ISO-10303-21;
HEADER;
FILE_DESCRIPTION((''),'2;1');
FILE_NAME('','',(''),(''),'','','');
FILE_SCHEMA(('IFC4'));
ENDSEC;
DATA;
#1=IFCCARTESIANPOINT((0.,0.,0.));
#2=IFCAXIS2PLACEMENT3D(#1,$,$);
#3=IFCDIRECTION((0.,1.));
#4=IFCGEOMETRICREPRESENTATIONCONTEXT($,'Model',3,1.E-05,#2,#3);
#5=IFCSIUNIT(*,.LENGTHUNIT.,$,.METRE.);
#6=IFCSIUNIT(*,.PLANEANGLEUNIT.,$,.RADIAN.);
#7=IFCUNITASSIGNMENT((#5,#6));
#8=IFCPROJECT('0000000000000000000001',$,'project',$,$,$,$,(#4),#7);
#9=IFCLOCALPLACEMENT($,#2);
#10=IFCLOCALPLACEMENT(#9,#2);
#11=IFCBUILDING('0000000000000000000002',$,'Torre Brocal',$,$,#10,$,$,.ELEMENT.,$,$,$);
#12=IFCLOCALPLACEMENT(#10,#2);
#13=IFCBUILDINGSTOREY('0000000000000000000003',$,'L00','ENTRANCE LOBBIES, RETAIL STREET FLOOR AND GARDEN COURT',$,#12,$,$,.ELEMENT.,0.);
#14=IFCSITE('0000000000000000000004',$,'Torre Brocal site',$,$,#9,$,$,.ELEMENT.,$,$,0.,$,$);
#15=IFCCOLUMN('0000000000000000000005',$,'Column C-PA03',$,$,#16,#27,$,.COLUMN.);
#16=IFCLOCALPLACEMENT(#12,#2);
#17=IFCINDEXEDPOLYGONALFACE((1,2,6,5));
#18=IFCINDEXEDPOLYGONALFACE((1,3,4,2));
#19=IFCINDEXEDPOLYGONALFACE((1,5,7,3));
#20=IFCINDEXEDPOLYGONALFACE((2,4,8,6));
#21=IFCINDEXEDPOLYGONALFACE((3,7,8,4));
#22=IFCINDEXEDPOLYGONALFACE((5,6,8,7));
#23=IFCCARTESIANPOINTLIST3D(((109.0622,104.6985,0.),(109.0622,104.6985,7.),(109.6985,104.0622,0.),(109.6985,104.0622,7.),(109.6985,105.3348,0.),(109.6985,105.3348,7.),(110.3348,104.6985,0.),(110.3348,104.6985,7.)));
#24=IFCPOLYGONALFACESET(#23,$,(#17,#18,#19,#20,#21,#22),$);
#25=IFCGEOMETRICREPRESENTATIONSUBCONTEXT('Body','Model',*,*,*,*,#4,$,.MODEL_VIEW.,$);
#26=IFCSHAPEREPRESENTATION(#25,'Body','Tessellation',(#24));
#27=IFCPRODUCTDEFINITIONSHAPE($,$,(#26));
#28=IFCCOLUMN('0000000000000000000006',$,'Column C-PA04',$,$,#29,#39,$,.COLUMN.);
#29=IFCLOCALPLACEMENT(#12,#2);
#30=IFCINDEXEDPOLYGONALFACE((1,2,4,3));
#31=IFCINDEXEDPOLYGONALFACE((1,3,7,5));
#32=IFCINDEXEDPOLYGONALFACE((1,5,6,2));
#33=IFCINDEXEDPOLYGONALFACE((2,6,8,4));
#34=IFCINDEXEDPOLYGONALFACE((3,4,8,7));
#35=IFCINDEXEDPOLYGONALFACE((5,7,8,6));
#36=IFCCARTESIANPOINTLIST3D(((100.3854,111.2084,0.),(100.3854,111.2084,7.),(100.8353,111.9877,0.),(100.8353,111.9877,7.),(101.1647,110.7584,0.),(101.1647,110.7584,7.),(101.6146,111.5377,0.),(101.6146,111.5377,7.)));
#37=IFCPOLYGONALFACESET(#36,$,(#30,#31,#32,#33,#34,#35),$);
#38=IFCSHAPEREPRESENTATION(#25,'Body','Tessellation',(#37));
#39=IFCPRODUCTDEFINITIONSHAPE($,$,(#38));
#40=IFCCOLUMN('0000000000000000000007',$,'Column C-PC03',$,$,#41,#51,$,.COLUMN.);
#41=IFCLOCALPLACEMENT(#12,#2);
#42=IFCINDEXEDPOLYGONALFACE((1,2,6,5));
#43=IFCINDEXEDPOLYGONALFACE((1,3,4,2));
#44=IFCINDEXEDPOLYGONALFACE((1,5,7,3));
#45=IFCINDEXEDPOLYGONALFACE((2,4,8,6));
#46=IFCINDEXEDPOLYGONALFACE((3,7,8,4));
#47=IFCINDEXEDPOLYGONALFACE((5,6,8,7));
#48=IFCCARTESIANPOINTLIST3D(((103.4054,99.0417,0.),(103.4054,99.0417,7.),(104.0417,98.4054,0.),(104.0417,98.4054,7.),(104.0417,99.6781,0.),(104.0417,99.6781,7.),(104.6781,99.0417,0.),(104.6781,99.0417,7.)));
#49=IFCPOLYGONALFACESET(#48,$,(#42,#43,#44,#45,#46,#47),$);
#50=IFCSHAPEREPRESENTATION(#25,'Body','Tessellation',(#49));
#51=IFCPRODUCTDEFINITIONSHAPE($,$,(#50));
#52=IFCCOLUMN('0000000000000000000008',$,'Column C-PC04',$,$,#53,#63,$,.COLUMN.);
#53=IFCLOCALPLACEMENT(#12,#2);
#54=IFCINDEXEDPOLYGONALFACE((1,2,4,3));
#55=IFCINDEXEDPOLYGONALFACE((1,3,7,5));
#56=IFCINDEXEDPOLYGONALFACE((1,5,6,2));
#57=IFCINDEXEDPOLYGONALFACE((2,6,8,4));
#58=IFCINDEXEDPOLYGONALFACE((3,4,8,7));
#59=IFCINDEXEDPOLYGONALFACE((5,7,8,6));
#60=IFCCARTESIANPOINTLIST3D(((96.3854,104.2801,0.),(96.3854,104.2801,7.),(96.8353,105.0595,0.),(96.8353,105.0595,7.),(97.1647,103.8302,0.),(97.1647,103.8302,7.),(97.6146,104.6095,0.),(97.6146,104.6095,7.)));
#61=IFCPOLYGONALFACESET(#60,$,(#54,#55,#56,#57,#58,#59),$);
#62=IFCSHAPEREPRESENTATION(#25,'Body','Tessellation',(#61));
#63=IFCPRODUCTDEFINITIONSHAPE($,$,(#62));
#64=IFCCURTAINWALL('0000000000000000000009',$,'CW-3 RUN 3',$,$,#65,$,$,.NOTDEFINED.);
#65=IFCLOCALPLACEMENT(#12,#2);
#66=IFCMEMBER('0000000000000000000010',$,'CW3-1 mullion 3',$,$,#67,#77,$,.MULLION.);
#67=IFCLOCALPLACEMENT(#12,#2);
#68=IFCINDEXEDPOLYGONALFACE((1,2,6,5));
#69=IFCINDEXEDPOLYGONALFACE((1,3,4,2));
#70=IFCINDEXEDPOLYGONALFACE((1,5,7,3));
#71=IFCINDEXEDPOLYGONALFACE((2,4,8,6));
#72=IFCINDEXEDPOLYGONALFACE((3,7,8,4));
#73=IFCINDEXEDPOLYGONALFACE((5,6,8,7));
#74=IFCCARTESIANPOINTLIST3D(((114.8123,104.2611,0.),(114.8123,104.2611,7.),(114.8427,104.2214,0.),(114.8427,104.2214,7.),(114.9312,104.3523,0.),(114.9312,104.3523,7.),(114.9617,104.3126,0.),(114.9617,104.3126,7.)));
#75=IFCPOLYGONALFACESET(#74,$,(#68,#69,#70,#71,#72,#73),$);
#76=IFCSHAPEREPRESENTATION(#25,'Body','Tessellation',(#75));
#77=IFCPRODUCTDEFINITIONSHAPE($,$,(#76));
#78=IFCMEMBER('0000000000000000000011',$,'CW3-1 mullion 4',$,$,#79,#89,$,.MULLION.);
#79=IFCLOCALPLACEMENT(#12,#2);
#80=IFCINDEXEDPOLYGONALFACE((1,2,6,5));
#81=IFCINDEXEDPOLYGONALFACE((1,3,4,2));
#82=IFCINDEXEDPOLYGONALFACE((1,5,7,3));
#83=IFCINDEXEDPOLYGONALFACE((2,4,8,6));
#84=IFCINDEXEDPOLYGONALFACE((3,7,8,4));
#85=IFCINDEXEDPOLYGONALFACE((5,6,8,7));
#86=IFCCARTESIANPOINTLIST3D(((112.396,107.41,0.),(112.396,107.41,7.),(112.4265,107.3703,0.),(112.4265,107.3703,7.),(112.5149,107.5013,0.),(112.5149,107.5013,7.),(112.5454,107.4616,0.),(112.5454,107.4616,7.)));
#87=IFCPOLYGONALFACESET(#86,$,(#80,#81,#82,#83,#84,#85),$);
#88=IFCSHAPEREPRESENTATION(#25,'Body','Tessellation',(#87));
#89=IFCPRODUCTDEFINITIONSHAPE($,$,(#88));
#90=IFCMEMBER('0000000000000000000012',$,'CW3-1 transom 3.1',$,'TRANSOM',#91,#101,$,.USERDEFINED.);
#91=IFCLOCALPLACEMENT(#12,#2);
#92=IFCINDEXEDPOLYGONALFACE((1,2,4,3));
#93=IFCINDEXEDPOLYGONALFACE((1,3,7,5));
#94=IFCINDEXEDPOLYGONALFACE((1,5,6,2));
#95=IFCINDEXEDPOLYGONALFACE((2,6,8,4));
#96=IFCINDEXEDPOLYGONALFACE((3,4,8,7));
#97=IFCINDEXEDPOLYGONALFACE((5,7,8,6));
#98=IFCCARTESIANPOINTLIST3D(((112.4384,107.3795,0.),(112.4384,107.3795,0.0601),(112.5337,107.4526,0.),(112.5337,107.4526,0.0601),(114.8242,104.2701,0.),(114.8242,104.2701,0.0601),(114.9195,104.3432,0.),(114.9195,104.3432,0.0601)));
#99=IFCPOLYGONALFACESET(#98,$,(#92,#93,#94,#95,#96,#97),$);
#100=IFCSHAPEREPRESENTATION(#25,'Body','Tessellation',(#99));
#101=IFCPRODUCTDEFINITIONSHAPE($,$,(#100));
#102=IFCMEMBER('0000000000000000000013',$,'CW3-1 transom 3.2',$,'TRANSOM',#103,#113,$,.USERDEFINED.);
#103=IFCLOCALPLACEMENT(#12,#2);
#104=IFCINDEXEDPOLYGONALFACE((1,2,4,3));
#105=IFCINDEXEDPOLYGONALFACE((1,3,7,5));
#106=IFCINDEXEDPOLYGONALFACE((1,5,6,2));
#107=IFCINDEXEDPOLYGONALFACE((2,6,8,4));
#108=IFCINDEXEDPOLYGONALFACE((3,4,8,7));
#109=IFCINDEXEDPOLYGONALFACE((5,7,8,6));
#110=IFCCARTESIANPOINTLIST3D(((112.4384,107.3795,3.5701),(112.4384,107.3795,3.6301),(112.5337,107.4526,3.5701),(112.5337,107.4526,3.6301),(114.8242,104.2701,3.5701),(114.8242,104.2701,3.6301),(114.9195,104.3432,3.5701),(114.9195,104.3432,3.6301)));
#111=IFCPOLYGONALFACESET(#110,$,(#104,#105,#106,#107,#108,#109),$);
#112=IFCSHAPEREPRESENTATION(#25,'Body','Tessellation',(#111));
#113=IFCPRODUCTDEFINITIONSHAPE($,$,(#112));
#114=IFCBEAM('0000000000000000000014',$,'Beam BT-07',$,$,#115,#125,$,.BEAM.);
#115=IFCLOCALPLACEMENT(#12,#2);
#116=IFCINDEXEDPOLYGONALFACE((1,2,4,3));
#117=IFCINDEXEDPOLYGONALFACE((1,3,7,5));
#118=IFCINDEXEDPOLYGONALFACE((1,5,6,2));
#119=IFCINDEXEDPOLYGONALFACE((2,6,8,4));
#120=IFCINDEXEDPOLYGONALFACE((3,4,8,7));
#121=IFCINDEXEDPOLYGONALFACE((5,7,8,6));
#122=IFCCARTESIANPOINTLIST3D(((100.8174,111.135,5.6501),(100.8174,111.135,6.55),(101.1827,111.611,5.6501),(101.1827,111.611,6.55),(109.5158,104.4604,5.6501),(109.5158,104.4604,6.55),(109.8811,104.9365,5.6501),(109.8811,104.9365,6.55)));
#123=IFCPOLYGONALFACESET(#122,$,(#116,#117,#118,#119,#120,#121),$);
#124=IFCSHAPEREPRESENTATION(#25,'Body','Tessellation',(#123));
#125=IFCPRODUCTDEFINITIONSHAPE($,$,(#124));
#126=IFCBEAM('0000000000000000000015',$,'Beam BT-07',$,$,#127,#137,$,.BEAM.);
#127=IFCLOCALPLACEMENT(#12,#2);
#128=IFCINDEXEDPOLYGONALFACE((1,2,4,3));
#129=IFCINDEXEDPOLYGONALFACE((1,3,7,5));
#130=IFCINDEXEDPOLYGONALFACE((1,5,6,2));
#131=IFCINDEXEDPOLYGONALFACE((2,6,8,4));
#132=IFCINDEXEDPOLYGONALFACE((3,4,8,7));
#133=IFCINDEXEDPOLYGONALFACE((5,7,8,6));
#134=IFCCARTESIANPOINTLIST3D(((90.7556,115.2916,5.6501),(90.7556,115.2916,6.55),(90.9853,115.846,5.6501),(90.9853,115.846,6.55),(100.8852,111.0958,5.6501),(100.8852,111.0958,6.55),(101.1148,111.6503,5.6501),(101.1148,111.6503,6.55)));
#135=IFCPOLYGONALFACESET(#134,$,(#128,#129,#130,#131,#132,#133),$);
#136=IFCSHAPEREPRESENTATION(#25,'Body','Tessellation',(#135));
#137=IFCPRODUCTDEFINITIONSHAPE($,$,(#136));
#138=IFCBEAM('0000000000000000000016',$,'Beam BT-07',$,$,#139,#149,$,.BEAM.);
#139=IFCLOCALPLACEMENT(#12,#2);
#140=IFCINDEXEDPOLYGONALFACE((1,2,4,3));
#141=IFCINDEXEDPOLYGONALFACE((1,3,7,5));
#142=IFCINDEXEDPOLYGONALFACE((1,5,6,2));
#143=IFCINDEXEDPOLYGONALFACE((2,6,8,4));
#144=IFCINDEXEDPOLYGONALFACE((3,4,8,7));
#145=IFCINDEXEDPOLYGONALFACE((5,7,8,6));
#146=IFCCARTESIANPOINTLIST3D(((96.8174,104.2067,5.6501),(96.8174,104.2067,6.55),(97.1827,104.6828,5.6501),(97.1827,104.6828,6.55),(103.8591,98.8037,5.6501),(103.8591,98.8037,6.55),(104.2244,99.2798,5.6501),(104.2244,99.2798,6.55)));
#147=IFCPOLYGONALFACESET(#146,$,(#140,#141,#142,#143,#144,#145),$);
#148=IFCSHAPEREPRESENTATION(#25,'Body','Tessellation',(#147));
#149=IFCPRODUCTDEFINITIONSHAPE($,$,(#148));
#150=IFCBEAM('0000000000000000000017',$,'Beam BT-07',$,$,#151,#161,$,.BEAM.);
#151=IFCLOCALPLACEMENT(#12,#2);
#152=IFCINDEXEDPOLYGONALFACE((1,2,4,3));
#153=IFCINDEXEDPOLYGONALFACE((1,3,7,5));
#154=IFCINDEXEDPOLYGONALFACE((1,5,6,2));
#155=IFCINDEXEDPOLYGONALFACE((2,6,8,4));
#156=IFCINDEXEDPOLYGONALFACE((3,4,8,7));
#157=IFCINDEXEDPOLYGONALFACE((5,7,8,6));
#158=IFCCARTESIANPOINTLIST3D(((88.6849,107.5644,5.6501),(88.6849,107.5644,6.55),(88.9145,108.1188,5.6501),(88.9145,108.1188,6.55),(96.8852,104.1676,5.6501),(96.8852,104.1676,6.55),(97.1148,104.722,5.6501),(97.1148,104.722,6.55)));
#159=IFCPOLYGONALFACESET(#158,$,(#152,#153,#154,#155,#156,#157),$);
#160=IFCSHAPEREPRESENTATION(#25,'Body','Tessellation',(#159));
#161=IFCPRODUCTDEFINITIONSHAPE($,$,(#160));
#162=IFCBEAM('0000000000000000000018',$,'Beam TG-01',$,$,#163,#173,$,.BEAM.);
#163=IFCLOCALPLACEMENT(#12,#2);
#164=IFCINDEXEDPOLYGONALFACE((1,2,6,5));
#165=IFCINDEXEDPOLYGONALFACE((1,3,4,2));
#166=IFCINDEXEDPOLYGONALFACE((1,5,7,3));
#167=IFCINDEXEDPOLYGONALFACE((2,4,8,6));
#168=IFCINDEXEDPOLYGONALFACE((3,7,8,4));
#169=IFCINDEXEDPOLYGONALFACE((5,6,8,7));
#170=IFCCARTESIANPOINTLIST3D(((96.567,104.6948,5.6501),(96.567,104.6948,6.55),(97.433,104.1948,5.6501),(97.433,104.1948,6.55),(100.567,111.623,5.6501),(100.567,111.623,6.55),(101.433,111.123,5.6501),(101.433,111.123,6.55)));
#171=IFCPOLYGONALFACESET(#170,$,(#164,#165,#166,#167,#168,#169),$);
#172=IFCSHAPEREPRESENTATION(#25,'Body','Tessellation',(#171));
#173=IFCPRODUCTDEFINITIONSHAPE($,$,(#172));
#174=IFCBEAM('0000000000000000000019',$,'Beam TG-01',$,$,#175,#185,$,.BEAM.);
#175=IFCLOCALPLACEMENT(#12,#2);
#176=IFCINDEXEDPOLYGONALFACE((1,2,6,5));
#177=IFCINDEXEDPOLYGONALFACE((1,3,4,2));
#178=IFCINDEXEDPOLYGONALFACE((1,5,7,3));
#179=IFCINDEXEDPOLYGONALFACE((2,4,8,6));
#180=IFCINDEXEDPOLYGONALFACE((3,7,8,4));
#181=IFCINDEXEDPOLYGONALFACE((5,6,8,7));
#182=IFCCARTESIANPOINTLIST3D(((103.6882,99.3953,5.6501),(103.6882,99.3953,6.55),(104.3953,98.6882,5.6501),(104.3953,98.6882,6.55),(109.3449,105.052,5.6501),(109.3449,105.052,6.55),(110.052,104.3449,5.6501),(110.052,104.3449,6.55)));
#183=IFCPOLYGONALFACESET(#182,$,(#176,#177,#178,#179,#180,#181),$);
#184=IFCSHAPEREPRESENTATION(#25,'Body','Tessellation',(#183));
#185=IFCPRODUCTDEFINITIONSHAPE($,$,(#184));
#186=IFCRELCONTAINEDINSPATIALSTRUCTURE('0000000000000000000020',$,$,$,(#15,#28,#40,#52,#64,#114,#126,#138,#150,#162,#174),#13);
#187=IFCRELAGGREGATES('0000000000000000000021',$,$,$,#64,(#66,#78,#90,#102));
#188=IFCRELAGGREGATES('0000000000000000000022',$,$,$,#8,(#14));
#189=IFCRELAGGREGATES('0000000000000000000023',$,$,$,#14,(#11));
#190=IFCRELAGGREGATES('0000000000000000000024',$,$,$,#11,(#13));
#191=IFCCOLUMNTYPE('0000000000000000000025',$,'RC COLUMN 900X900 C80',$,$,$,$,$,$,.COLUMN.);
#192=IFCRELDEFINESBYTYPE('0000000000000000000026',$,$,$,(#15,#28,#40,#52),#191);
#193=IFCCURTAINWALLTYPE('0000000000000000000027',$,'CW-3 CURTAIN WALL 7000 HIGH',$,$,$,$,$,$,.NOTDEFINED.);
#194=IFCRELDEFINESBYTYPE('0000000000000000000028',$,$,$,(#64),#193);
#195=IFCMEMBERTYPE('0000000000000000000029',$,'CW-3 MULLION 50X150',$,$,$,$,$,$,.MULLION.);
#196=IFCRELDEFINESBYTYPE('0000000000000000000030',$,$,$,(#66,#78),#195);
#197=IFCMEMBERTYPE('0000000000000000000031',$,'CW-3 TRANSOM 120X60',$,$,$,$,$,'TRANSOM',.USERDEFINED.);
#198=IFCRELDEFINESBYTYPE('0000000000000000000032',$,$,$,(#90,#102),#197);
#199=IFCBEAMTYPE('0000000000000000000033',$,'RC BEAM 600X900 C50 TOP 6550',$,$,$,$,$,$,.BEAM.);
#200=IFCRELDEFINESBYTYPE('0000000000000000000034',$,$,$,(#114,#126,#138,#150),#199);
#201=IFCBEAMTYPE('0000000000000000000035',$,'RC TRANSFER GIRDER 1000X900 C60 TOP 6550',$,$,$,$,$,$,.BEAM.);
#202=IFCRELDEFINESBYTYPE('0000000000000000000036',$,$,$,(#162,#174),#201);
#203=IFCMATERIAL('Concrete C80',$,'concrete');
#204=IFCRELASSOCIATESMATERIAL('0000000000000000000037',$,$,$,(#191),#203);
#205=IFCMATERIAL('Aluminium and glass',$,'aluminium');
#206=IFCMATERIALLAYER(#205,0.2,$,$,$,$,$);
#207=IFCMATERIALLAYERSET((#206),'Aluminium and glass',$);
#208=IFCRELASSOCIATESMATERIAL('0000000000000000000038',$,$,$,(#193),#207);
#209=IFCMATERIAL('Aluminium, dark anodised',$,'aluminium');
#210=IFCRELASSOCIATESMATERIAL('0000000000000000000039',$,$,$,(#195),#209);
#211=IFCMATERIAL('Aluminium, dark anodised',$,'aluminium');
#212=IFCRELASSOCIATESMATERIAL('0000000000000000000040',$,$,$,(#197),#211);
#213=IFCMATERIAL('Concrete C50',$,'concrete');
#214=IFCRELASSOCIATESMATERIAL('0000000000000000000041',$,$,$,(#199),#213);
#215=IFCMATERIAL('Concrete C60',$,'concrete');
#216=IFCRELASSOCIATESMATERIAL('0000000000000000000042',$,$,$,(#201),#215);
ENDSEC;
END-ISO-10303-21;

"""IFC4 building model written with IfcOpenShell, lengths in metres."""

from ifc_helpers import new_model, si_unit, direction, frame, origin, origin_2d, place, context, subcontext, project, spatial, rectangle, extrude, material, layer, layer_set, material_profile, profile_set, type_object, element, aggregate, save


model = new_model("IFC4")

# Units and contexts
model_context = context("Model", 3, precision=1e-05, world=origin(), true_north=direction((0.0, 1.0)))
body_context = subcontext(model_context, "Body", "Model", "MODEL_VIEW")
ifc_project = project(units=[si_unit("LENGTHUNIT", "METRE"), si_unit("PLANEANGLEUNIT", "RADIAN")], contexts=[model_context])

# Site, building, storey
site_placement = place(None, origin())
site = spatial("IfcSite", under=ifc_project, at=site_placement, Name="Torre Brocal site", CompositionType="ELEMENT", RefElevation=0.0)
building_placement = place(site_placement, origin())
building = spatial("IfcBuilding", under=site, at=building_placement, Name="Torre Brocal", CompositionType="ELEMENT")
storey_placement = place(building_placement, origin())
storey = spatial("IfcBuildingStorey", under=building, at=storey_placement, Name="L00", Description="ENTRANCE LOBBIES, RETAIL STREET FLOOR AND GARDEN COURT", CompositionType="ELEMENT", Elevation=0.0)

# Columns
ifc_material_1 = material(Name="Concrete C80", Category="concrete")
ifc_material_profile_1 = material_profile(ifc_material_1, rectangle(XDim=0.8999, YDim=0.8999, at=origin_2d()), Name="RC 900X900")
ifc_profile_set_1 = profile_set([ifc_material_profile_1], Name="Concrete C80")
column_type = type_object("IfcColumnType", Name="RC COLUMN 900X900 C80", PredefinedType="COLUMN", material=ifc_profile_set_1)
for number, where, z_axis, x_axis, name in (
    (1, (109.6985, 104.6985, 0.0), (0.0, 0.0, 1.0), (0.707107, 0.707107, 0.0), "Column C-PA03"),
    (2, (101.0, 111.373, 0.0), (0.0, 0.0, 1.0), (0.5, 0.866025, 0.0), "Column C-PA04"),
    (3, (104.0417, 99.0417, 0.0), (0.0, 0.0, 1.0), (0.707107, 0.707107, 0.0), "Column C-PC03"),
    (4, (97.0, 104.4448, 0.0), (0.0, 0.0, 1.0), (0.5, 0.866025, 0.0), "Column C-PC04"),
):
    element("IfcColumn", number, at=place(storey_placement, frame(where, z_axis=z_axis, x_axis=x_axis)), inside=storey, type_object=column_type, Name=name, PredefinedType="COLUMN", context=body_context, shape_type="SweptSolid", body=[
        extrude(rectangle(XDim=0.8999, YDim=0.8999, at=origin_2d()), origin(), (0.0, 0.0, 1.0), 7.0),
    ])

# Curtain wall, members
ifc_material_2 = material(Name="Aluminium and glass", Category="aluminium")
ifc_layer_1 = layer(ifc_material_2, 0.2)
ifc_layer_set_1 = layer_set([ifc_layer_1], Name="Aluminium and glass")
curtain_wall_type = type_object("IfcCurtainWallType", Name="CW-3 CURTAIN WALL 7000 HIGH", PredefinedType="NOTDEFINED", material=ifc_layer_set_1)
curtain_wall_placement = place(storey_placement, origin())
curtain_wall = element("IfcCurtainWall", 5, at=curtain_wall_placement, inside=storey, type_object=curtain_wall_type, Name="CW-3 RUN 3", PredefinedType="NOTDEFINED")
ifc_material_3 = material(Name="Aluminium, dark anodised", Category="aluminium")
ifc_material_profile_2 = material_profile(ifc_material_3, rectangle(XDim=0.1499, YDim=0.05, at=origin_2d()), Name="CW-3 MULLION 50X150")
ifc_profile_set_2 = profile_set([ifc_material_profile_2], Name="Aluminium, dark anodised")
member_type_1 = type_object("IfcMemberType", Name="CW-3 MULLION 50X150", PredefinedType="MULLION", material=ifc_profile_set_2)
member_1_placement = place(storey_placement, frame((114.887, 104.2869, 0.0), z_axis=(0.0, 0.0, 1.0), x_axis=(-0.793353, -0.608761, 0.0)))
member_1 = element("IfcMember", 6, at=member_1_placement, type_object=member_type_1, Name="CW3-1 mullion 3", PredefinedType="MULLION", context=body_context, shape_type="SweptSolid", body=[
    extrude(rectangle(XDim=0.1499, YDim=0.05, at=origin_2d()), origin(), (0.0, 0.0, 1.0), 7.0),
])
member_2_placement = place(storey_placement, frame((112.4707, 107.4358, 0.0), z_axis=(0.0, 0.0, 1.0), x_axis=(-0.793353, -0.608761, 0.0)))
member_2 = element("IfcMember", 7, at=member_2_placement, type_object=member_type_1, Name="CW3-1 mullion 4", PredefinedType="MULLION", context=body_context, shape_type="SweptSolid", body=[
    extrude(rectangle(XDim=0.1499, YDim=0.05, at=origin_2d()), origin(), (0.0, 0.0, 1.0), 7.0),
])
ifc_material_4 = material(Name="Aluminium, dark anodised", Category="aluminium")
ifc_material_profile_3 = material_profile(ifc_material_4, rectangle(XDim=0.1201, YDim=0.0601, at=origin_2d()), Name="CW-3 TRANSOM 120X60")
ifc_profile_set_3 = profile_set([ifc_material_profile_3], Name="Aluminium, dark anodised")
member_type_2 = type_object("IfcMemberType", Name="CW-3 TRANSOM 120X60", ElementType="TRANSOM", PredefinedType="USERDEFINED", material=ifc_profile_set_3)
member_3_placement = place(storey_placement, frame((114.8718, 104.3066, 0.03), z_axis=(-0.608735, 0.793374, 0.0), x_axis=(-0.793374, -0.608735, 0.0)))
member_3 = element("IfcMember", 8, at=member_3_placement, type_object=member_type_2, Name="CW3-1 transom 3.1", ObjectType="TRANSOM", PredefinedType="USERDEFINED", context=body_context, shape_type="SweptSolid", body=[
    extrude(rectangle(XDim=0.1201, YDim=0.0601, at=origin_2d()), origin(), (0.0, 0.0, 1.0), 3.9192),
])
member_4_placement = place(storey_placement, frame((114.8718, 104.3066, 3.6001), z_axis=(-0.608735, 0.793374, 0.0), x_axis=(-0.793374, -0.608735, 0.0)))
member_4 = element("IfcMember", 9, at=member_4_placement, type_object=member_type_2, Name="CW3-1 transom 3.2", ObjectType="TRANSOM", PredefinedType="USERDEFINED", context=body_context, shape_type="SweptSolid", body=[
    extrude(rectangle(XDim=0.1201, YDim=0.0601, at=origin_2d()), origin(), (0.0, 0.0, 1.0), 3.9192),
])

# Beams
ifc_material_5 = material(Name="Concrete C50", Category="concrete")
ifc_material_profile_4 = material_profile(ifc_material_5, rectangle(XDim=0.6001, YDim=0.8999, at=origin_2d()), Name="RC 600X900")
ifc_profile_set_4 = profile_set([ifc_material_profile_4], Name="Concrete C50")
beam_type_1 = type_object("IfcBeamType", Name="RC BEAM 600X900 C50 TOP 6550", PredefinedType="BEAM", material=ifc_profile_set_4)
for number, where, z_axis, x_axis, name in (
    (10, (109.6985, 104.6985, 6.1001), (-0.793354, 0.60876, 0.0), (-0.60876, -0.793354, 0.0), "Beam BT-07"),
    (11, (101.0, 111.373, 6.1001), (-0.923881, 0.382681, 0.0), (-0.382681, -0.923881, 0.0), "Beam BT-07"),
):
    element("IfcBeam", number, at=place(storey_placement, frame(where, z_axis=z_axis, x_axis=x_axis)), inside=storey, type_object=beam_type_1, Name=name, PredefinedType="BEAM", context=body_context, shape_type="SweptSolid", body=[
        extrude(rectangle(XDim=0.6001, YDim=0.8999, at=origin_2d()), origin(), (0.0, 0.0, 1.0), 10.9641),
    ])
beam_1_placement = place(storey_placement, frame((104.0417, 99.0417, 6.1001), z_axis=(-0.793367, 0.608744, 0.0), x_axis=(-0.608744, -0.793367, 0.0)))
element("IfcBeam", 12, at=beam_1_placement, inside=storey, type_object=beam_type_1, Name="Beam BT-07", PredefinedType="BEAM", context=body_context, shape_type="SweptSolid", body=[
    extrude(rectangle(XDim=0.6001, YDim=0.8999, at=origin_2d()), origin(), (0.0, 0.0, 1.0), 8.8757),
])
beam_2_placement = place(storey_placement, frame((97.0, 104.4448, 6.1001), z_axis=(-0.923876, 0.382693, 0.0), x_axis=(-0.382693, -0.923876, 0.0)))
element("IfcBeam", 13, at=beam_2_placement, inside=storey, type_object=beam_type_1, Name="Beam BT-07", PredefinedType="BEAM", context=body_context, shape_type="SweptSolid", body=[
    extrude(rectangle(XDim=0.6001, YDim=0.8999, at=origin_2d()), origin(), (0.0, 0.0, 1.0), 8.876),
])
ifc_material_6 = material(Name="Concrete C60", Category="concrete")
ifc_material_profile_5 = material_profile(ifc_material_6, rectangle(XDim=1.0, YDim=0.8999, at=origin_2d()), Name="RC 1000X900")
ifc_profile_set_5 = profile_set([ifc_material_profile_5], Name="Concrete C60")
beam_type_2 = type_object("IfcBeamType", Name="RC TRANSFER GIRDER 1000X900 C60 TOP 6550", PredefinedType="BEAM", material=ifc_profile_set_5)
beam_3_placement = place(storey_placement, frame((97.0, 104.4448, 6.1001), z_axis=(0.499999, 0.866026, 0.0), x_axis=(-0.866026, 0.499999, 0.0)))
element("IfcBeam", 14, at=beam_3_placement, inside=storey, type_object=beam_type_2, Name="Beam TG-01", PredefinedType="BEAM", context=body_context, shape_type="SweptSolid", body=[
    extrude(rectangle(XDim=1.0, YDim=0.8999, at=origin_2d()), origin(), (0.0, 0.0, 1.0), 8.0),
])
beam_4_placement = place(storey_placement, frame((104.0417, 99.0417, 6.1001), z_axis=(0.707107, 0.707107, 0.0), x_axis=(-0.707107, 0.707107, 0.0)))
element("IfcBeam", 15, at=beam_4_placement, inside=storey, type_object=beam_type_2, Name="Beam TG-01", PredefinedType="BEAM", context=body_context, shape_type="SweptSolid", body=[
    extrude(rectangle(XDim=1.0, YDim=0.8999, at=origin_2d()), origin(), (0.0, 0.0, 1.0), 7.9998),
])

aggregate(curtain_wall, [member_1, member_2, member_3, member_4])

save(model, "model.ifc")
